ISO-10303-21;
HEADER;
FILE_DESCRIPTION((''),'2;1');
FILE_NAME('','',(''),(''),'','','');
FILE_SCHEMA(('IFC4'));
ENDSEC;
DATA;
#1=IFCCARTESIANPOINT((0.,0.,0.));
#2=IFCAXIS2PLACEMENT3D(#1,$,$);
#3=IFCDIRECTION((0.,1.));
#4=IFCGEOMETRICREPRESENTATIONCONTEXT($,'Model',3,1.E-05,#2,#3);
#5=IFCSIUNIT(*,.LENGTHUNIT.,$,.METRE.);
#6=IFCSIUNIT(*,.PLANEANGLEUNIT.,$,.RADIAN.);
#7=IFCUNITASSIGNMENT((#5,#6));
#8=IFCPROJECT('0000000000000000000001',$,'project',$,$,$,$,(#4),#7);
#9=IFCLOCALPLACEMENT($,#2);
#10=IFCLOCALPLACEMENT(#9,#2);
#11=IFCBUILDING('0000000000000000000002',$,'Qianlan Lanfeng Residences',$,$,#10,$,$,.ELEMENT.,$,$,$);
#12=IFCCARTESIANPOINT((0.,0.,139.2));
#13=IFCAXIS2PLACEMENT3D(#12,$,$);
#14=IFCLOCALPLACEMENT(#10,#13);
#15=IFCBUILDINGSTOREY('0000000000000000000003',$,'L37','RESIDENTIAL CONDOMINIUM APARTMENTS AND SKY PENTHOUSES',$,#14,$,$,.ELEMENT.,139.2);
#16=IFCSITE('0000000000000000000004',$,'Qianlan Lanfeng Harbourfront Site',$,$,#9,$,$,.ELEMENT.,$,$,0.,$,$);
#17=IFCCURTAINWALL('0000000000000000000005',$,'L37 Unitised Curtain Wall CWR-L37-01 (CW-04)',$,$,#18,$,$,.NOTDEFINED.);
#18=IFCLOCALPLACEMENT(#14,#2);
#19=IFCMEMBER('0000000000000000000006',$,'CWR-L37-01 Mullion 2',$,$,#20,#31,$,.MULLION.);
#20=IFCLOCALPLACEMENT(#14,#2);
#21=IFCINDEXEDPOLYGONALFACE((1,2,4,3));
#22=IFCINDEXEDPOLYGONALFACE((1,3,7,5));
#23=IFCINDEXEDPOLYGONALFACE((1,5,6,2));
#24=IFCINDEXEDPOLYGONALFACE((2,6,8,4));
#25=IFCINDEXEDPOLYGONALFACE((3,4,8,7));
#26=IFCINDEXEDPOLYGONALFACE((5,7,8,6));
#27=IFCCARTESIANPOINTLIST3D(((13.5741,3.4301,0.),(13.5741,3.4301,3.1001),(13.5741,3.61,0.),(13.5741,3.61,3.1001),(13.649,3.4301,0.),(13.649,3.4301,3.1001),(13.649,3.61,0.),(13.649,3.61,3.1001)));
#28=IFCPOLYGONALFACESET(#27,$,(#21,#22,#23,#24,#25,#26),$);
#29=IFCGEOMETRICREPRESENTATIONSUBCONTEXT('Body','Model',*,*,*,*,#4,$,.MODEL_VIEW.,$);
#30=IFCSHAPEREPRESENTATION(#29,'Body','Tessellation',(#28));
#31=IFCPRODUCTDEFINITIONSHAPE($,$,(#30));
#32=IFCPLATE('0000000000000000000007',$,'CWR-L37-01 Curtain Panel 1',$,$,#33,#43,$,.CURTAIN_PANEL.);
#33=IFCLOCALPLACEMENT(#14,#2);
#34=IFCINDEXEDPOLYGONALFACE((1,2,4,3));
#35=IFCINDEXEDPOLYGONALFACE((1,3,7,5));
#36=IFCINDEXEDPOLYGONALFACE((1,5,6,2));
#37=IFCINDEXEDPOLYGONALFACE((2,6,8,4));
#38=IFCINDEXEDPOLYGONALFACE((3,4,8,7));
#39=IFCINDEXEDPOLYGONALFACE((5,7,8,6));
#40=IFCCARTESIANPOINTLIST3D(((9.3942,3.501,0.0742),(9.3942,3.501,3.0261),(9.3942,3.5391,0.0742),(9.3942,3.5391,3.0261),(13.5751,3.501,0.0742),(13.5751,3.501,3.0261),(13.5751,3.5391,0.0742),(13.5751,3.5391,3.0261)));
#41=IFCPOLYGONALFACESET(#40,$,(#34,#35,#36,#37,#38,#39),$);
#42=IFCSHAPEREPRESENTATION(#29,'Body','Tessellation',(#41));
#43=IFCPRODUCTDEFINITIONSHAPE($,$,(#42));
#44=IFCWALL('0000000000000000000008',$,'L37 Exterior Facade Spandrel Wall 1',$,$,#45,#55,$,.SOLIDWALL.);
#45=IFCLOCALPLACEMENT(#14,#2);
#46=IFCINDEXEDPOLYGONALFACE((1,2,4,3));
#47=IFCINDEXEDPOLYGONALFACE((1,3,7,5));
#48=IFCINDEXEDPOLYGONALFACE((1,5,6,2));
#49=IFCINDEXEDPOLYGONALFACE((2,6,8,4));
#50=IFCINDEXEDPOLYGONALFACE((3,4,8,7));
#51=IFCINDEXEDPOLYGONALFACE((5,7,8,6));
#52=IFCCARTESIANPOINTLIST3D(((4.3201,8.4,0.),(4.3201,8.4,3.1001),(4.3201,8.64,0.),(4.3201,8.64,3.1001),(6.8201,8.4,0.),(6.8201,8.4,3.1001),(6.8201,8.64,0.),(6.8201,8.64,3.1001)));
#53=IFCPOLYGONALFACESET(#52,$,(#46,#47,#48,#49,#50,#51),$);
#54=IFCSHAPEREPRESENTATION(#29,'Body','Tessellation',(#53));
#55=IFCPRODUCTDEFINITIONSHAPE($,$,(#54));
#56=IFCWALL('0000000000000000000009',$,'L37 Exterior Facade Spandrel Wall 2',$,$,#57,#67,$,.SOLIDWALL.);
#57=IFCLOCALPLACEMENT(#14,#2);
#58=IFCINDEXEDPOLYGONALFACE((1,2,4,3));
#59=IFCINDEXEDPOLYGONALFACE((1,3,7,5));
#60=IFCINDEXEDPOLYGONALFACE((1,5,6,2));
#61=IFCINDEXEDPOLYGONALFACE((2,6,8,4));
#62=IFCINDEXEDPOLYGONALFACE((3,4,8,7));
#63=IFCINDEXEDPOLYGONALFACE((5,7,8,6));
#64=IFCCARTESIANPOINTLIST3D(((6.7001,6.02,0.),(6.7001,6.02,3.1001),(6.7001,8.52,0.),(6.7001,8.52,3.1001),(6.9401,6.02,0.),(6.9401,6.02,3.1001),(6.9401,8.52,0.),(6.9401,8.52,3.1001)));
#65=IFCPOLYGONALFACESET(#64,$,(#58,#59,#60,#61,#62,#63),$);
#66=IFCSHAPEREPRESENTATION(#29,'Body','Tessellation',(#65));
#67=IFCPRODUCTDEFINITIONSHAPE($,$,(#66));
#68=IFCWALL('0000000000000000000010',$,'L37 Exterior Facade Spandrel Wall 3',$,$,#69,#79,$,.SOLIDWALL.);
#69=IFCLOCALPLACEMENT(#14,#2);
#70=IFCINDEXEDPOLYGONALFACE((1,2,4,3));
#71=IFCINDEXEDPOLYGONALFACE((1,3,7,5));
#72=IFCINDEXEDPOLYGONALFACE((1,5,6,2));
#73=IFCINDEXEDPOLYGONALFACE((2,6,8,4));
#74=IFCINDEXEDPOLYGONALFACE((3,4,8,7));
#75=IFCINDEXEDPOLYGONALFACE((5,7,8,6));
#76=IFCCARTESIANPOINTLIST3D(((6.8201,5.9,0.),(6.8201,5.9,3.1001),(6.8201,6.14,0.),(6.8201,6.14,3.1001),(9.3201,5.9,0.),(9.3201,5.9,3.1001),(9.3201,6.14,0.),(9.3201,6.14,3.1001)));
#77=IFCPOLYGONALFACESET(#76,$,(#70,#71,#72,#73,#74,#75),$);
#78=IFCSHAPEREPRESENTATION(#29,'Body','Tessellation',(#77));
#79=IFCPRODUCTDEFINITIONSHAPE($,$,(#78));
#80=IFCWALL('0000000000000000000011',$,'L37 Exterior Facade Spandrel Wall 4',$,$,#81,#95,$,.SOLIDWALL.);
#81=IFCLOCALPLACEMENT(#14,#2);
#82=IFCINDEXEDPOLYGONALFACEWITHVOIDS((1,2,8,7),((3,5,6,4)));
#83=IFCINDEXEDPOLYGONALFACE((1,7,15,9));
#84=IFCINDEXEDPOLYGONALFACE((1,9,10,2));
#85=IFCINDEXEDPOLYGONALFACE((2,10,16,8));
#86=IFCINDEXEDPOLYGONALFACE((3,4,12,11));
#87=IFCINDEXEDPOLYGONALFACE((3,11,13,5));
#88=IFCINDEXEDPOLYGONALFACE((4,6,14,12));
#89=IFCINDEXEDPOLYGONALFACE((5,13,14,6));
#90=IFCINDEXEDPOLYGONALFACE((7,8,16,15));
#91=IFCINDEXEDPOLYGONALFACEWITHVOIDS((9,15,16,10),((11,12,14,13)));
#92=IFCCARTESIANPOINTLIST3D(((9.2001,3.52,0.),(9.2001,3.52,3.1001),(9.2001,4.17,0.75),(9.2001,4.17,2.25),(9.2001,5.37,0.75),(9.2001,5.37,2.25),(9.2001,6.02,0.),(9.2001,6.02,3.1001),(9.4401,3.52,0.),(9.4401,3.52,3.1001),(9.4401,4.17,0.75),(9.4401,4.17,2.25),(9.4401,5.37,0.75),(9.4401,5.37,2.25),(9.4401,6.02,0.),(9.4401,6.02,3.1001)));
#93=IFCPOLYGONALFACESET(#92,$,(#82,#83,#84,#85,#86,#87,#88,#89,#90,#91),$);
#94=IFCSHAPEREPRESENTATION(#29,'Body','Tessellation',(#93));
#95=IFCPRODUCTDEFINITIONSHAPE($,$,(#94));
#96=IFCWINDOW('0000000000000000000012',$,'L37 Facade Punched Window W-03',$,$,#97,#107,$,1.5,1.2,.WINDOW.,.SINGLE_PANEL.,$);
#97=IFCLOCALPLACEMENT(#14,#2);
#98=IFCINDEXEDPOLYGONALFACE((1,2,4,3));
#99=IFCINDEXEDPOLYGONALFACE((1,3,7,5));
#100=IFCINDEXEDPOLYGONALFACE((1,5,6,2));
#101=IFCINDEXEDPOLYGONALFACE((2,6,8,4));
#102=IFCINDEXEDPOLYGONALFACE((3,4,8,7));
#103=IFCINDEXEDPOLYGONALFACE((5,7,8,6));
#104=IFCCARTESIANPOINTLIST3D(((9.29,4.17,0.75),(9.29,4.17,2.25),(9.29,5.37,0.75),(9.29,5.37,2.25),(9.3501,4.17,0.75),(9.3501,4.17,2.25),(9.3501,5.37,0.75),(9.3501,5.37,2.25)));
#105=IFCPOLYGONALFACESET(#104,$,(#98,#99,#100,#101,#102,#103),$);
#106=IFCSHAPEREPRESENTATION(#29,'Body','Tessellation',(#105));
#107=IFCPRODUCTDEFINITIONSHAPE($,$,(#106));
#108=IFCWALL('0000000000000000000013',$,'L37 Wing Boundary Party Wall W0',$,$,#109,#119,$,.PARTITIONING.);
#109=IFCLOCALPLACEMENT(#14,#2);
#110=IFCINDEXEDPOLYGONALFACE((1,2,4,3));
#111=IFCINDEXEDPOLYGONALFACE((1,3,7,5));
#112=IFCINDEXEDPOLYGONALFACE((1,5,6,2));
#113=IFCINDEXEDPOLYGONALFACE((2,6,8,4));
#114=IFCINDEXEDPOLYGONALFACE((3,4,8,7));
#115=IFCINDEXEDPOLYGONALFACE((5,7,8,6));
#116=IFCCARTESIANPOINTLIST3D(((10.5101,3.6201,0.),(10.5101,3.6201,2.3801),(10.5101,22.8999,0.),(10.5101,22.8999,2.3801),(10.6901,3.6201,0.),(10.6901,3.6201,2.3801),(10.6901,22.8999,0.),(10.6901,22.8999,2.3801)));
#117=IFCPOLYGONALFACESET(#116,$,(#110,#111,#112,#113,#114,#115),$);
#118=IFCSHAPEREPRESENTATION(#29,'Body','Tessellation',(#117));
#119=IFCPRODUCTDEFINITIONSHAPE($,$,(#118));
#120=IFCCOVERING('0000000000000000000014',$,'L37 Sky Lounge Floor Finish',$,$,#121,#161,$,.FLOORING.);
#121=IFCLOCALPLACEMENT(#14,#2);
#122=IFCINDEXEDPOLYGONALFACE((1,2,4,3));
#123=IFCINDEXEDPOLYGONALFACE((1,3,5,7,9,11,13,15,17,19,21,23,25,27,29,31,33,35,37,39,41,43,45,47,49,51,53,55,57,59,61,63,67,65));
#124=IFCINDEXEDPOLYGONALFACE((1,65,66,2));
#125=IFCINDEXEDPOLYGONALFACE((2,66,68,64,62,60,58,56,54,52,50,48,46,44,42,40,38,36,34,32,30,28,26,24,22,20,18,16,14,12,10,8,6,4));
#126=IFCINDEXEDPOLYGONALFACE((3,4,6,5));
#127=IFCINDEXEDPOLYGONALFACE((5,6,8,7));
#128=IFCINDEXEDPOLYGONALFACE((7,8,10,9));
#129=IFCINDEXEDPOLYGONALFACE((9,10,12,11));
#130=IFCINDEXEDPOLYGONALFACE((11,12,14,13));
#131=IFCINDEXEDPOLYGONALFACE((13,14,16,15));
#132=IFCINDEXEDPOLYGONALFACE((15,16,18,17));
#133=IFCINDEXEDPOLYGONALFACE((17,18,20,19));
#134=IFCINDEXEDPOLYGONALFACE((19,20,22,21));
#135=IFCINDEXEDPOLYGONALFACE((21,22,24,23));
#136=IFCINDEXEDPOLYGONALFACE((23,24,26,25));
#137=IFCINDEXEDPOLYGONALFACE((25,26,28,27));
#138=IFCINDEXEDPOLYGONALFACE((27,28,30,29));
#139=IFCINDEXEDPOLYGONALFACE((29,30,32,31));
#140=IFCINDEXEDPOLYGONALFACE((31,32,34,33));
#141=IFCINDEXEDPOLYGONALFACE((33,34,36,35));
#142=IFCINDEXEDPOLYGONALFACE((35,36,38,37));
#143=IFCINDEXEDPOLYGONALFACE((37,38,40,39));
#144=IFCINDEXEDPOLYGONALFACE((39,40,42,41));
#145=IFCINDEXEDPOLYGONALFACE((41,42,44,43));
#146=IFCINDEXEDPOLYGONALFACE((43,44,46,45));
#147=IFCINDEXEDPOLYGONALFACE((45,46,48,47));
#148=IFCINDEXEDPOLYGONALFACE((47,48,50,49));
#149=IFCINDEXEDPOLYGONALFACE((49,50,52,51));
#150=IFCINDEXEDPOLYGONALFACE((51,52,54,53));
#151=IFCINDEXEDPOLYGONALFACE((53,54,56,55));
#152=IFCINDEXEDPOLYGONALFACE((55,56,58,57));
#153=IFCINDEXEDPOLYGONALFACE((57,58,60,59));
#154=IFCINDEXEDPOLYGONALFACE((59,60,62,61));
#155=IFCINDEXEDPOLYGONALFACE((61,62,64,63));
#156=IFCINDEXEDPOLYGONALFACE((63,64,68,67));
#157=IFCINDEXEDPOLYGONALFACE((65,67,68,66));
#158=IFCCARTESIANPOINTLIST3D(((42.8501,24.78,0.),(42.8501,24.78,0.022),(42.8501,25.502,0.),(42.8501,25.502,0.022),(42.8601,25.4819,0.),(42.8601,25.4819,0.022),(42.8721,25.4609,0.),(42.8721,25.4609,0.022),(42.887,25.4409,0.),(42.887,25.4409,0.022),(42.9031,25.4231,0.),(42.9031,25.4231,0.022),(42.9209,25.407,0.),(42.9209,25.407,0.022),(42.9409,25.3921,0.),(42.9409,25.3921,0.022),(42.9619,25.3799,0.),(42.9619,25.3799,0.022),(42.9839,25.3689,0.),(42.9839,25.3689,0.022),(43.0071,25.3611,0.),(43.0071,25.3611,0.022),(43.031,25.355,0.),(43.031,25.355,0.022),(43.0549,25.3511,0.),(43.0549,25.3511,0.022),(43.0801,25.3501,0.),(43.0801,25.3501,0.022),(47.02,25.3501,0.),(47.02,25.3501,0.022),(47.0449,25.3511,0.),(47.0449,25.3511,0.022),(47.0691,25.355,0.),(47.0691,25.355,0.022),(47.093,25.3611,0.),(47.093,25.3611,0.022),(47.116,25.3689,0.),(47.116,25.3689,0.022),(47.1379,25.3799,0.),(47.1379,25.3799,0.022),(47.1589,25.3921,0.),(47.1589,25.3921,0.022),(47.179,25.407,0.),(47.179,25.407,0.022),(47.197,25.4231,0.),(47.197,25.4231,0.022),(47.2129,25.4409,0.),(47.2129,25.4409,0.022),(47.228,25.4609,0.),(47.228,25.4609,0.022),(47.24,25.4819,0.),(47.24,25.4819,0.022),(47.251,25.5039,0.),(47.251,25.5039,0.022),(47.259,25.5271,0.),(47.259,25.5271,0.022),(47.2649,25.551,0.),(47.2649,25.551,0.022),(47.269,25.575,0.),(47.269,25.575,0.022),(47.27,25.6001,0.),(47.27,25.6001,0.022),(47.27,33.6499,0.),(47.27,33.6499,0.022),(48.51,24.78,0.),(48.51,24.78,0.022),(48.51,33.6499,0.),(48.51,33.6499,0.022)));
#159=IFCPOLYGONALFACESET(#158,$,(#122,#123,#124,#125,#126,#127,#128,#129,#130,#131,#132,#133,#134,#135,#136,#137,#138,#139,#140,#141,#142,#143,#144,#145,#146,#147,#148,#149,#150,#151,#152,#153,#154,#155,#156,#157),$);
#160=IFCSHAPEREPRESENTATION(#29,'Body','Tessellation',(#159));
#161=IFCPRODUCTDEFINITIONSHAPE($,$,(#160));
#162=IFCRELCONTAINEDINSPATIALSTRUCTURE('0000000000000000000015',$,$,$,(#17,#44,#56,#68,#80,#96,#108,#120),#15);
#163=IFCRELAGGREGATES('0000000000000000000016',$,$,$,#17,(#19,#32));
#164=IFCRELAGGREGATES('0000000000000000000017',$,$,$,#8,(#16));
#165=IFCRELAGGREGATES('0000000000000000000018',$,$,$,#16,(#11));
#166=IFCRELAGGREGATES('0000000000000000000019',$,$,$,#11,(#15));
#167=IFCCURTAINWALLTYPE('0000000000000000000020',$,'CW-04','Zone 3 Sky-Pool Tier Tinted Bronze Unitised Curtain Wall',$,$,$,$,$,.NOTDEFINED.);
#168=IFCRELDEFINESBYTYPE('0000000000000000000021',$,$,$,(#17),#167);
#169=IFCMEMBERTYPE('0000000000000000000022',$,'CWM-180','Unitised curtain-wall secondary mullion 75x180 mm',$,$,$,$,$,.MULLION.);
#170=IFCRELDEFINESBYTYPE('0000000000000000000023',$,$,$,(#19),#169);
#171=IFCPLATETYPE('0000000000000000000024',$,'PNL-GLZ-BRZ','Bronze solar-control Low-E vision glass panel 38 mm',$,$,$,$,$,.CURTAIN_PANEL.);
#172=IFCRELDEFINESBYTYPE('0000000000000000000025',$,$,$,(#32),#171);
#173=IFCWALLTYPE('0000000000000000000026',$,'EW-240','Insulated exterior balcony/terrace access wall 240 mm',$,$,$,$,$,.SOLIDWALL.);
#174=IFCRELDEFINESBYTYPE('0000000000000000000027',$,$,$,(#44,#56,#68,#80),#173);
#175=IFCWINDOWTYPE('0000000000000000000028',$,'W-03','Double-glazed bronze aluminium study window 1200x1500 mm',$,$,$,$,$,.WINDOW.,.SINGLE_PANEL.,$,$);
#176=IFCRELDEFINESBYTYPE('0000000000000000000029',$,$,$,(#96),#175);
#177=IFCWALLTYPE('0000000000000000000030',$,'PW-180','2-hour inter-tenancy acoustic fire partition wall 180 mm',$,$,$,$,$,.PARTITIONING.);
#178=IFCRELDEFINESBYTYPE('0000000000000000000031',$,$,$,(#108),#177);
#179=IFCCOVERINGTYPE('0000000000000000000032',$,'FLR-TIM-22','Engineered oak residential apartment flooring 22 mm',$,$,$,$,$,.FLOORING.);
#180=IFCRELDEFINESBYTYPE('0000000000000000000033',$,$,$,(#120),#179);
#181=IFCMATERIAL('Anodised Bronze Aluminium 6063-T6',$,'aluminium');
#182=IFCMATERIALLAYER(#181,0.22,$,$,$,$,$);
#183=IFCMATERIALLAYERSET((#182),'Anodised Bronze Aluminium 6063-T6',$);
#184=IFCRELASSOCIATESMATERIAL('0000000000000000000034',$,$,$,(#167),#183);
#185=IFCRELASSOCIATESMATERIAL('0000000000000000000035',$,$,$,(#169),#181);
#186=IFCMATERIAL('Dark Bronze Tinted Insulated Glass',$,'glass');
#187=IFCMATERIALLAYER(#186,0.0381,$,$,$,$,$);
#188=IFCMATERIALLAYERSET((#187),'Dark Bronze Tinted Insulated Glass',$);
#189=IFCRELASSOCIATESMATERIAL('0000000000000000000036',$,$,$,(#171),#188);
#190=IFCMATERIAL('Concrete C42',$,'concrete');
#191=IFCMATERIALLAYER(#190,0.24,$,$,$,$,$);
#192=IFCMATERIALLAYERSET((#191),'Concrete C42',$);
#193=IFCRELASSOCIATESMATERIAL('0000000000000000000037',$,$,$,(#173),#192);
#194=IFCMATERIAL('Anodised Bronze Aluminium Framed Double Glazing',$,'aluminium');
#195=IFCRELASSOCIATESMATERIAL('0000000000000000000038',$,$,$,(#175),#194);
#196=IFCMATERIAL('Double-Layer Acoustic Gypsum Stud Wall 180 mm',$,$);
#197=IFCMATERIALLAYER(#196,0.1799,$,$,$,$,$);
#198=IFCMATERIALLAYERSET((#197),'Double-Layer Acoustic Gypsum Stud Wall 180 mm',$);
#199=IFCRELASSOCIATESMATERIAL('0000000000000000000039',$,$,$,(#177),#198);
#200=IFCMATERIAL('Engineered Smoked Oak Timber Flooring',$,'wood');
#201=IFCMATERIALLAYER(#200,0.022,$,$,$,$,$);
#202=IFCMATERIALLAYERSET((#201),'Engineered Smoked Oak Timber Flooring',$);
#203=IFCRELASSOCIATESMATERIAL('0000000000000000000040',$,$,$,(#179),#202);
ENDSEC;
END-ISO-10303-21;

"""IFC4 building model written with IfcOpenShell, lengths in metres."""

from ifc_helpers import new_model, si_unit, direction, frame, frame_2d, origin, origin_2d, place, context, subcontext, project, spatial, polyline, rectangle, outline, extrude, source, transform, mapped, material, layer, layer_set, material_profile, profile_set, type_object, element, fill, aggregate, save


model = new_model("IFC4")

# Units and contexts
model_context = context("Model", 3, precision=1e-05, world=origin(), true_north=direction((0.0, 1.0)))
body_context = subcontext(model_context, "Body", "Model", "MODEL_VIEW")
ifc_project = project(units=[si_unit("LENGTHUNIT", "METRE"), si_unit("PLANEANGLEUNIT", "RADIAN")], contexts=[model_context])

# Site, building, storey
site_placement = place(None, origin())
site = spatial("IfcSite", under=ifc_project, at=site_placement, Name="Qianlan Lanfeng Harbourfront Site", CompositionType="ELEMENT", RefElevation=0.0)
building_placement = place(site_placement, origin())
building = spatial("IfcBuilding", under=site, at=building_placement, Name="Qianlan Lanfeng Residences", CompositionType="ELEMENT")
storey_placement = place(building_placement, frame((0.0, 0.0, 139.2)))
storey = spatial("IfcBuildingStorey", under=building, at=storey_placement, Name="L37", Description="RESIDENTIAL CONDOMINIUM APARTMENTS AND SKY PENTHOUSES", CompositionType="ELEMENT", Elevation=139.2)

# Curtain wall, member, plate
ifc_material_1 = material(Name="Anodised Bronze Aluminium 6063-T6", Category="aluminium")
ifc_layer_1 = layer(ifc_material_1, 0.22)
ifc_layer_set_1 = layer_set([ifc_layer_1], Name="Anodised Bronze Aluminium 6063-T6")
curtain_wall_type = type_object("IfcCurtainWallType", Name="CW-04", Description="Zone 3 Sky-Pool Tier Tinted Bronze Unitised Curtain Wall", PredefinedType="NOTDEFINED", material=ifc_layer_set_1)
curtain_wall_placement = place(storey_placement, origin())
curtain_wall = element("IfcCurtainWall", 1, at=curtain_wall_placement, inside=storey, type_object=curtain_wall_type, Name="L37 Unitised Curtain Wall CWR-L37-01 (CW-04)", PredefinedType="NOTDEFINED")
ifc_material_profile_1 = material_profile(ifc_material_1, rectangle(XDim=0.075, YDim=0.1799, at=origin_2d()), Name="ALU MULLION 75x180")
ifc_profile_set_1 = profile_set([ifc_material_profile_1], Name="Anodised Bronze Aluminium 6063-T6")
member_type_1 = type_object("IfcMemberType", Name="CWM-180", Description="Unitised curtain-wall secondary mullion 75x180 mm", PredefinedType="MULLION", material=ifc_profile_set_1)
shared_shape_1 = source(origin(), body_context, "Body", "SweptSolid", [
    extrude(rectangle(XDim=0.075, YDim=0.1799, at=origin_2d()), origin(), (0.0, 0.0, 1.0), 3.1001),
])
member_1_placement = place(storey_placement, frame((13.6116, 3.52, 0.0), z_axis=(0.0, 0.0, 1.0), x_axis=(1.0, 0.0, 0.0)))
member_1 = element("IfcMember", 2, at=member_1_placement, type_object=member_type_1, Name="CWR-L37-01 Mullion 2", PredefinedType="MULLION", context=body_context, shape_type="MappedRepresentation", body=[
    mapped(shared_shape_1, transform((0.0, 0.0, 0.0), scale=1.0)),
])
ifc_material_2 = material(Name="Dark Bronze Tinted Insulated Glass", Category="glass")
ifc_layer_2 = layer(ifc_material_2, 0.0381)
ifc_layer_set_2 = layer_set([ifc_layer_2], Name="Dark Bronze Tinted Insulated Glass")
plate_type = type_object("IfcPlateType", Name="PNL-GLZ-BRZ", Description="Bronze solar-control Low-E vision glass panel 38 mm", PredefinedType="CURTAIN_PANEL", material=ifc_layer_set_2)
shared_shape_2 = source(origin(), body_context, "Body", "SweptSolid", [
    extrude(rectangle(XDim=4.1809, YDim=0.0381, at=origin_2d()), origin(), (0.0, 0.0, 1.0), 2.9519),
])
plate_placement = place(storey_placement, frame((11.4846, 3.52, 0.0742), z_axis=(0.0, 0.0, 1.0), x_axis=(1.0, 0.0, 0.0)))
plate = element("IfcPlate", 3, at=plate_placement, type_object=plate_type, Name="CWR-L37-01 Curtain Panel 1", PredefinedType="CURTAIN_PANEL", context=body_context, shape_type="MappedRepresentation", body=[
    mapped(shared_shape_2, transform((0.0, 0.0, 0.0), scale=1.0)),
])
aggregate(curtain_wall, [member_1, plate])

# Walls
ifc_material_3 = material(Name="Concrete C42", Category="concrete")
ifc_layer_3 = layer(ifc_material_3, 0.24)
ifc_layer_set_3 = layer_set([ifc_layer_3], Name="Concrete C42")
wall_type_1 = type_object("IfcWallType", Name="EW-240", Description="Insulated exterior balcony/terrace access wall 240 mm", PredefinedType="SOLIDWALL", material=ifc_layer_set_3)
for number, where, z_axis, x_axis, name in (
    (4, (4.3201, 8.52, 0.0), (0.0, 0.0, 1.0), (1.0, 0.0, 0.0), "L37 Exterior Facade Spandrel Wall 1"),
    (5, (6.8201, 8.52, 0.0), (0.0, 0.0, 1.0), (0.0, -1.0, 0.0), "L37 Exterior Facade Spandrel Wall 2"),
    (6, (6.8201, 6.02, 0.0), (0.0, 0.0, 1.0), (1.0, 0.0, 0.0), "L37 Exterior Facade Spandrel Wall 3"),
):
    element("IfcWall", number, at=place(storey_placement, frame(where, z_axis=z_axis, x_axis=x_axis)), inside=storey, type_object=wall_type_1, Name=name, PredefinedType="SOLIDWALL", context=body_context, shape_type="SweptSolid", body=[
        extrude(rectangle(XDim=2.5, YDim=0.24, at=frame_2d((1.25, 0.0))), origin(), (0.0, 0.0, 1.0), 3.1001),
    ])

# Wall, opening, window
wall_1_placement = place(storey_placement, frame((9.3201, 6.02, 0.0), z_axis=(0.0, 0.0, 1.0), x_axis=(0.0, -1.0, 0.0)))
wall_1 = element("IfcWall", 7, at=wall_1_placement, inside=storey, type_object=wall_type_1, Name="L37 Exterior Facade Spandrel Wall 4", PredefinedType="SOLIDWALL", context=body_context, shape_type="SweptSolid", body=[
    extrude(rectangle(XDim=2.5, YDim=0.24, at=frame_2d((1.25, 0.0))), origin(), (0.0, 0.0, 1.0), 3.1001),
])
opening_placement = place(wall_1_placement, frame((0.6499, 0.0, 0.75)))
opening = element("IfcOpeningElement", 8, at=opening_placement, cuts=wall_1, PredefinedType="OPENING", context=body_context, shape_type="SweptSolid", body=[
    extrude(rectangle(XDim=1.2, YDim=1.5, at=frame_2d((0.6001, 0.75))), frame((0.0, 0.1299, 0.0), z_axis=(0.0, -1.0, 0.0), x_axis=(1.0, 0.0, 0.0)), (0.0, 0.0, 1.0), 0.26),
])
ifc_material_4 = material(Name="Anodised Bronze Aluminium Framed Double Glazing", Category="aluminium")
window_type = type_object("IfcWindowType", Name="W-03", Description="Double-glazed bronze aluminium study window 1200x1500 mm", PartitioningType="SINGLE_PANEL", PredefinedType="WINDOW", material=ifc_material_4)
window_placement = place(opening_placement, origin())
window = element("IfcWindow", 9, at=window_placement, inside=storey, type_object=window_type, Name="L37 Facade Punched Window W-03", OverallHeight=1.5, OverallWidth=1.2, PartitioningType="SINGLE_PANEL", PredefinedType="WINDOW", context=body_context, shape_type="SweptSolid", body=[
    extrude(rectangle(XDim=1.2, YDim=1.5, at=frame_2d((0.6001, 0.75))), frame((0.0, 0.03, 0.0), z_axis=(0.0, -1.0, 0.0), x_axis=(1.0, 0.0, 0.0)), (0.0, 0.0, 1.0), 0.0601),
])
fill(opening, window)

# Wall
ifc_material_5 = material(Name="Double-Layer Acoustic Gypsum Stud Wall 180 mm")
ifc_layer_4 = layer(ifc_material_5, 0.1799)
ifc_layer_set_4 = layer_set([ifc_layer_4], Name="Double-Layer Acoustic Gypsum Stud Wall 180 mm")
wall_type_2 = type_object("IfcWallType", Name="PW-180", Description="2-hour inter-tenancy acoustic fire partition wall 180 mm", PredefinedType="PARTITIONING", material=ifc_layer_set_4)
wall_2_placement = place(storey_placement, frame((10.6001, 3.6201, 0.0), z_axis=(0.0, 0.0, 1.0), x_axis=(0.0, 1.0, 0.0)))
element("IfcWall", 10, at=wall_2_placement, inside=storey, type_object=wall_type_2, Name="L37 Wing Boundary Party Wall W0", PredefinedType="PARTITIONING", context=body_context, shape_type="SweptSolid", body=[
    extrude(rectangle(XDim=19.2798, YDim=0.1799, at=frame_2d((9.6399, 0.0))), origin(), (0.0, 0.0, 1.0), 2.3801),
])

# Covering
ifc_material_6 = material(Name="Engineered Smoked Oak Timber Flooring", Category="wood")
ifc_layer_5 = layer(ifc_material_6, 0.022)
ifc_layer_set_5 = layer_set([ifc_layer_5], Name="Engineered Smoked Oak Timber Flooring")
covering_type = type_object("IfcCoveringType", Name="FLR-TIM-22", Description="Engineered oak residential apartment flooring 22 mm", PredefinedType="FLOORING", material=ifc_layer_set_5)
covering_1_placement = place(storey_placement, origin())
element("IfcCovering", 11, at=covering_1_placement, inside=storey, type_object=covering_type, Name="L37 Sky Lounge Floor Finish", PredefinedType="FLOORING", context=body_context, shape_type="SweptSolid", body=[
    extrude(outline(polyline([(48.51, 33.6499), (47.27, 33.6499), (47.27, 25.6001), (47.269, 25.575), (47.2649, 25.551), (47.259, 25.5271), (47.251, 25.5039), (47.24, 25.4819), (47.228, 25.4609), (47.2129, 25.4409), (47.197, 25.4231), (47.179, 25.407), (47.1589, 25.3921), (47.1379, 25.3799), (47.116, 25.3689), (47.093, 25.3611), (47.0691, 25.355), (47.0449, 25.3511), (47.02, 25.3501), (43.0801, 25.3501), (43.0549, 25.3511), (43.031, 25.355), (43.0071, 25.3611), (42.9839, 25.3689), (42.9619, 25.3799), (42.9409, 25.3921), (42.9209, 25.407), (42.9031, 25.4231), (42.887, 25.4409), (42.8721, 25.4609), (42.8601, 25.4819), (42.8501, 25.502), (42.8501, 24.78), (48.51, 24.78), (48.51, 33.6499)])), origin(), (0.0, 0.0, 1.0), 0.022),
])

save(model, "model.ifc")
